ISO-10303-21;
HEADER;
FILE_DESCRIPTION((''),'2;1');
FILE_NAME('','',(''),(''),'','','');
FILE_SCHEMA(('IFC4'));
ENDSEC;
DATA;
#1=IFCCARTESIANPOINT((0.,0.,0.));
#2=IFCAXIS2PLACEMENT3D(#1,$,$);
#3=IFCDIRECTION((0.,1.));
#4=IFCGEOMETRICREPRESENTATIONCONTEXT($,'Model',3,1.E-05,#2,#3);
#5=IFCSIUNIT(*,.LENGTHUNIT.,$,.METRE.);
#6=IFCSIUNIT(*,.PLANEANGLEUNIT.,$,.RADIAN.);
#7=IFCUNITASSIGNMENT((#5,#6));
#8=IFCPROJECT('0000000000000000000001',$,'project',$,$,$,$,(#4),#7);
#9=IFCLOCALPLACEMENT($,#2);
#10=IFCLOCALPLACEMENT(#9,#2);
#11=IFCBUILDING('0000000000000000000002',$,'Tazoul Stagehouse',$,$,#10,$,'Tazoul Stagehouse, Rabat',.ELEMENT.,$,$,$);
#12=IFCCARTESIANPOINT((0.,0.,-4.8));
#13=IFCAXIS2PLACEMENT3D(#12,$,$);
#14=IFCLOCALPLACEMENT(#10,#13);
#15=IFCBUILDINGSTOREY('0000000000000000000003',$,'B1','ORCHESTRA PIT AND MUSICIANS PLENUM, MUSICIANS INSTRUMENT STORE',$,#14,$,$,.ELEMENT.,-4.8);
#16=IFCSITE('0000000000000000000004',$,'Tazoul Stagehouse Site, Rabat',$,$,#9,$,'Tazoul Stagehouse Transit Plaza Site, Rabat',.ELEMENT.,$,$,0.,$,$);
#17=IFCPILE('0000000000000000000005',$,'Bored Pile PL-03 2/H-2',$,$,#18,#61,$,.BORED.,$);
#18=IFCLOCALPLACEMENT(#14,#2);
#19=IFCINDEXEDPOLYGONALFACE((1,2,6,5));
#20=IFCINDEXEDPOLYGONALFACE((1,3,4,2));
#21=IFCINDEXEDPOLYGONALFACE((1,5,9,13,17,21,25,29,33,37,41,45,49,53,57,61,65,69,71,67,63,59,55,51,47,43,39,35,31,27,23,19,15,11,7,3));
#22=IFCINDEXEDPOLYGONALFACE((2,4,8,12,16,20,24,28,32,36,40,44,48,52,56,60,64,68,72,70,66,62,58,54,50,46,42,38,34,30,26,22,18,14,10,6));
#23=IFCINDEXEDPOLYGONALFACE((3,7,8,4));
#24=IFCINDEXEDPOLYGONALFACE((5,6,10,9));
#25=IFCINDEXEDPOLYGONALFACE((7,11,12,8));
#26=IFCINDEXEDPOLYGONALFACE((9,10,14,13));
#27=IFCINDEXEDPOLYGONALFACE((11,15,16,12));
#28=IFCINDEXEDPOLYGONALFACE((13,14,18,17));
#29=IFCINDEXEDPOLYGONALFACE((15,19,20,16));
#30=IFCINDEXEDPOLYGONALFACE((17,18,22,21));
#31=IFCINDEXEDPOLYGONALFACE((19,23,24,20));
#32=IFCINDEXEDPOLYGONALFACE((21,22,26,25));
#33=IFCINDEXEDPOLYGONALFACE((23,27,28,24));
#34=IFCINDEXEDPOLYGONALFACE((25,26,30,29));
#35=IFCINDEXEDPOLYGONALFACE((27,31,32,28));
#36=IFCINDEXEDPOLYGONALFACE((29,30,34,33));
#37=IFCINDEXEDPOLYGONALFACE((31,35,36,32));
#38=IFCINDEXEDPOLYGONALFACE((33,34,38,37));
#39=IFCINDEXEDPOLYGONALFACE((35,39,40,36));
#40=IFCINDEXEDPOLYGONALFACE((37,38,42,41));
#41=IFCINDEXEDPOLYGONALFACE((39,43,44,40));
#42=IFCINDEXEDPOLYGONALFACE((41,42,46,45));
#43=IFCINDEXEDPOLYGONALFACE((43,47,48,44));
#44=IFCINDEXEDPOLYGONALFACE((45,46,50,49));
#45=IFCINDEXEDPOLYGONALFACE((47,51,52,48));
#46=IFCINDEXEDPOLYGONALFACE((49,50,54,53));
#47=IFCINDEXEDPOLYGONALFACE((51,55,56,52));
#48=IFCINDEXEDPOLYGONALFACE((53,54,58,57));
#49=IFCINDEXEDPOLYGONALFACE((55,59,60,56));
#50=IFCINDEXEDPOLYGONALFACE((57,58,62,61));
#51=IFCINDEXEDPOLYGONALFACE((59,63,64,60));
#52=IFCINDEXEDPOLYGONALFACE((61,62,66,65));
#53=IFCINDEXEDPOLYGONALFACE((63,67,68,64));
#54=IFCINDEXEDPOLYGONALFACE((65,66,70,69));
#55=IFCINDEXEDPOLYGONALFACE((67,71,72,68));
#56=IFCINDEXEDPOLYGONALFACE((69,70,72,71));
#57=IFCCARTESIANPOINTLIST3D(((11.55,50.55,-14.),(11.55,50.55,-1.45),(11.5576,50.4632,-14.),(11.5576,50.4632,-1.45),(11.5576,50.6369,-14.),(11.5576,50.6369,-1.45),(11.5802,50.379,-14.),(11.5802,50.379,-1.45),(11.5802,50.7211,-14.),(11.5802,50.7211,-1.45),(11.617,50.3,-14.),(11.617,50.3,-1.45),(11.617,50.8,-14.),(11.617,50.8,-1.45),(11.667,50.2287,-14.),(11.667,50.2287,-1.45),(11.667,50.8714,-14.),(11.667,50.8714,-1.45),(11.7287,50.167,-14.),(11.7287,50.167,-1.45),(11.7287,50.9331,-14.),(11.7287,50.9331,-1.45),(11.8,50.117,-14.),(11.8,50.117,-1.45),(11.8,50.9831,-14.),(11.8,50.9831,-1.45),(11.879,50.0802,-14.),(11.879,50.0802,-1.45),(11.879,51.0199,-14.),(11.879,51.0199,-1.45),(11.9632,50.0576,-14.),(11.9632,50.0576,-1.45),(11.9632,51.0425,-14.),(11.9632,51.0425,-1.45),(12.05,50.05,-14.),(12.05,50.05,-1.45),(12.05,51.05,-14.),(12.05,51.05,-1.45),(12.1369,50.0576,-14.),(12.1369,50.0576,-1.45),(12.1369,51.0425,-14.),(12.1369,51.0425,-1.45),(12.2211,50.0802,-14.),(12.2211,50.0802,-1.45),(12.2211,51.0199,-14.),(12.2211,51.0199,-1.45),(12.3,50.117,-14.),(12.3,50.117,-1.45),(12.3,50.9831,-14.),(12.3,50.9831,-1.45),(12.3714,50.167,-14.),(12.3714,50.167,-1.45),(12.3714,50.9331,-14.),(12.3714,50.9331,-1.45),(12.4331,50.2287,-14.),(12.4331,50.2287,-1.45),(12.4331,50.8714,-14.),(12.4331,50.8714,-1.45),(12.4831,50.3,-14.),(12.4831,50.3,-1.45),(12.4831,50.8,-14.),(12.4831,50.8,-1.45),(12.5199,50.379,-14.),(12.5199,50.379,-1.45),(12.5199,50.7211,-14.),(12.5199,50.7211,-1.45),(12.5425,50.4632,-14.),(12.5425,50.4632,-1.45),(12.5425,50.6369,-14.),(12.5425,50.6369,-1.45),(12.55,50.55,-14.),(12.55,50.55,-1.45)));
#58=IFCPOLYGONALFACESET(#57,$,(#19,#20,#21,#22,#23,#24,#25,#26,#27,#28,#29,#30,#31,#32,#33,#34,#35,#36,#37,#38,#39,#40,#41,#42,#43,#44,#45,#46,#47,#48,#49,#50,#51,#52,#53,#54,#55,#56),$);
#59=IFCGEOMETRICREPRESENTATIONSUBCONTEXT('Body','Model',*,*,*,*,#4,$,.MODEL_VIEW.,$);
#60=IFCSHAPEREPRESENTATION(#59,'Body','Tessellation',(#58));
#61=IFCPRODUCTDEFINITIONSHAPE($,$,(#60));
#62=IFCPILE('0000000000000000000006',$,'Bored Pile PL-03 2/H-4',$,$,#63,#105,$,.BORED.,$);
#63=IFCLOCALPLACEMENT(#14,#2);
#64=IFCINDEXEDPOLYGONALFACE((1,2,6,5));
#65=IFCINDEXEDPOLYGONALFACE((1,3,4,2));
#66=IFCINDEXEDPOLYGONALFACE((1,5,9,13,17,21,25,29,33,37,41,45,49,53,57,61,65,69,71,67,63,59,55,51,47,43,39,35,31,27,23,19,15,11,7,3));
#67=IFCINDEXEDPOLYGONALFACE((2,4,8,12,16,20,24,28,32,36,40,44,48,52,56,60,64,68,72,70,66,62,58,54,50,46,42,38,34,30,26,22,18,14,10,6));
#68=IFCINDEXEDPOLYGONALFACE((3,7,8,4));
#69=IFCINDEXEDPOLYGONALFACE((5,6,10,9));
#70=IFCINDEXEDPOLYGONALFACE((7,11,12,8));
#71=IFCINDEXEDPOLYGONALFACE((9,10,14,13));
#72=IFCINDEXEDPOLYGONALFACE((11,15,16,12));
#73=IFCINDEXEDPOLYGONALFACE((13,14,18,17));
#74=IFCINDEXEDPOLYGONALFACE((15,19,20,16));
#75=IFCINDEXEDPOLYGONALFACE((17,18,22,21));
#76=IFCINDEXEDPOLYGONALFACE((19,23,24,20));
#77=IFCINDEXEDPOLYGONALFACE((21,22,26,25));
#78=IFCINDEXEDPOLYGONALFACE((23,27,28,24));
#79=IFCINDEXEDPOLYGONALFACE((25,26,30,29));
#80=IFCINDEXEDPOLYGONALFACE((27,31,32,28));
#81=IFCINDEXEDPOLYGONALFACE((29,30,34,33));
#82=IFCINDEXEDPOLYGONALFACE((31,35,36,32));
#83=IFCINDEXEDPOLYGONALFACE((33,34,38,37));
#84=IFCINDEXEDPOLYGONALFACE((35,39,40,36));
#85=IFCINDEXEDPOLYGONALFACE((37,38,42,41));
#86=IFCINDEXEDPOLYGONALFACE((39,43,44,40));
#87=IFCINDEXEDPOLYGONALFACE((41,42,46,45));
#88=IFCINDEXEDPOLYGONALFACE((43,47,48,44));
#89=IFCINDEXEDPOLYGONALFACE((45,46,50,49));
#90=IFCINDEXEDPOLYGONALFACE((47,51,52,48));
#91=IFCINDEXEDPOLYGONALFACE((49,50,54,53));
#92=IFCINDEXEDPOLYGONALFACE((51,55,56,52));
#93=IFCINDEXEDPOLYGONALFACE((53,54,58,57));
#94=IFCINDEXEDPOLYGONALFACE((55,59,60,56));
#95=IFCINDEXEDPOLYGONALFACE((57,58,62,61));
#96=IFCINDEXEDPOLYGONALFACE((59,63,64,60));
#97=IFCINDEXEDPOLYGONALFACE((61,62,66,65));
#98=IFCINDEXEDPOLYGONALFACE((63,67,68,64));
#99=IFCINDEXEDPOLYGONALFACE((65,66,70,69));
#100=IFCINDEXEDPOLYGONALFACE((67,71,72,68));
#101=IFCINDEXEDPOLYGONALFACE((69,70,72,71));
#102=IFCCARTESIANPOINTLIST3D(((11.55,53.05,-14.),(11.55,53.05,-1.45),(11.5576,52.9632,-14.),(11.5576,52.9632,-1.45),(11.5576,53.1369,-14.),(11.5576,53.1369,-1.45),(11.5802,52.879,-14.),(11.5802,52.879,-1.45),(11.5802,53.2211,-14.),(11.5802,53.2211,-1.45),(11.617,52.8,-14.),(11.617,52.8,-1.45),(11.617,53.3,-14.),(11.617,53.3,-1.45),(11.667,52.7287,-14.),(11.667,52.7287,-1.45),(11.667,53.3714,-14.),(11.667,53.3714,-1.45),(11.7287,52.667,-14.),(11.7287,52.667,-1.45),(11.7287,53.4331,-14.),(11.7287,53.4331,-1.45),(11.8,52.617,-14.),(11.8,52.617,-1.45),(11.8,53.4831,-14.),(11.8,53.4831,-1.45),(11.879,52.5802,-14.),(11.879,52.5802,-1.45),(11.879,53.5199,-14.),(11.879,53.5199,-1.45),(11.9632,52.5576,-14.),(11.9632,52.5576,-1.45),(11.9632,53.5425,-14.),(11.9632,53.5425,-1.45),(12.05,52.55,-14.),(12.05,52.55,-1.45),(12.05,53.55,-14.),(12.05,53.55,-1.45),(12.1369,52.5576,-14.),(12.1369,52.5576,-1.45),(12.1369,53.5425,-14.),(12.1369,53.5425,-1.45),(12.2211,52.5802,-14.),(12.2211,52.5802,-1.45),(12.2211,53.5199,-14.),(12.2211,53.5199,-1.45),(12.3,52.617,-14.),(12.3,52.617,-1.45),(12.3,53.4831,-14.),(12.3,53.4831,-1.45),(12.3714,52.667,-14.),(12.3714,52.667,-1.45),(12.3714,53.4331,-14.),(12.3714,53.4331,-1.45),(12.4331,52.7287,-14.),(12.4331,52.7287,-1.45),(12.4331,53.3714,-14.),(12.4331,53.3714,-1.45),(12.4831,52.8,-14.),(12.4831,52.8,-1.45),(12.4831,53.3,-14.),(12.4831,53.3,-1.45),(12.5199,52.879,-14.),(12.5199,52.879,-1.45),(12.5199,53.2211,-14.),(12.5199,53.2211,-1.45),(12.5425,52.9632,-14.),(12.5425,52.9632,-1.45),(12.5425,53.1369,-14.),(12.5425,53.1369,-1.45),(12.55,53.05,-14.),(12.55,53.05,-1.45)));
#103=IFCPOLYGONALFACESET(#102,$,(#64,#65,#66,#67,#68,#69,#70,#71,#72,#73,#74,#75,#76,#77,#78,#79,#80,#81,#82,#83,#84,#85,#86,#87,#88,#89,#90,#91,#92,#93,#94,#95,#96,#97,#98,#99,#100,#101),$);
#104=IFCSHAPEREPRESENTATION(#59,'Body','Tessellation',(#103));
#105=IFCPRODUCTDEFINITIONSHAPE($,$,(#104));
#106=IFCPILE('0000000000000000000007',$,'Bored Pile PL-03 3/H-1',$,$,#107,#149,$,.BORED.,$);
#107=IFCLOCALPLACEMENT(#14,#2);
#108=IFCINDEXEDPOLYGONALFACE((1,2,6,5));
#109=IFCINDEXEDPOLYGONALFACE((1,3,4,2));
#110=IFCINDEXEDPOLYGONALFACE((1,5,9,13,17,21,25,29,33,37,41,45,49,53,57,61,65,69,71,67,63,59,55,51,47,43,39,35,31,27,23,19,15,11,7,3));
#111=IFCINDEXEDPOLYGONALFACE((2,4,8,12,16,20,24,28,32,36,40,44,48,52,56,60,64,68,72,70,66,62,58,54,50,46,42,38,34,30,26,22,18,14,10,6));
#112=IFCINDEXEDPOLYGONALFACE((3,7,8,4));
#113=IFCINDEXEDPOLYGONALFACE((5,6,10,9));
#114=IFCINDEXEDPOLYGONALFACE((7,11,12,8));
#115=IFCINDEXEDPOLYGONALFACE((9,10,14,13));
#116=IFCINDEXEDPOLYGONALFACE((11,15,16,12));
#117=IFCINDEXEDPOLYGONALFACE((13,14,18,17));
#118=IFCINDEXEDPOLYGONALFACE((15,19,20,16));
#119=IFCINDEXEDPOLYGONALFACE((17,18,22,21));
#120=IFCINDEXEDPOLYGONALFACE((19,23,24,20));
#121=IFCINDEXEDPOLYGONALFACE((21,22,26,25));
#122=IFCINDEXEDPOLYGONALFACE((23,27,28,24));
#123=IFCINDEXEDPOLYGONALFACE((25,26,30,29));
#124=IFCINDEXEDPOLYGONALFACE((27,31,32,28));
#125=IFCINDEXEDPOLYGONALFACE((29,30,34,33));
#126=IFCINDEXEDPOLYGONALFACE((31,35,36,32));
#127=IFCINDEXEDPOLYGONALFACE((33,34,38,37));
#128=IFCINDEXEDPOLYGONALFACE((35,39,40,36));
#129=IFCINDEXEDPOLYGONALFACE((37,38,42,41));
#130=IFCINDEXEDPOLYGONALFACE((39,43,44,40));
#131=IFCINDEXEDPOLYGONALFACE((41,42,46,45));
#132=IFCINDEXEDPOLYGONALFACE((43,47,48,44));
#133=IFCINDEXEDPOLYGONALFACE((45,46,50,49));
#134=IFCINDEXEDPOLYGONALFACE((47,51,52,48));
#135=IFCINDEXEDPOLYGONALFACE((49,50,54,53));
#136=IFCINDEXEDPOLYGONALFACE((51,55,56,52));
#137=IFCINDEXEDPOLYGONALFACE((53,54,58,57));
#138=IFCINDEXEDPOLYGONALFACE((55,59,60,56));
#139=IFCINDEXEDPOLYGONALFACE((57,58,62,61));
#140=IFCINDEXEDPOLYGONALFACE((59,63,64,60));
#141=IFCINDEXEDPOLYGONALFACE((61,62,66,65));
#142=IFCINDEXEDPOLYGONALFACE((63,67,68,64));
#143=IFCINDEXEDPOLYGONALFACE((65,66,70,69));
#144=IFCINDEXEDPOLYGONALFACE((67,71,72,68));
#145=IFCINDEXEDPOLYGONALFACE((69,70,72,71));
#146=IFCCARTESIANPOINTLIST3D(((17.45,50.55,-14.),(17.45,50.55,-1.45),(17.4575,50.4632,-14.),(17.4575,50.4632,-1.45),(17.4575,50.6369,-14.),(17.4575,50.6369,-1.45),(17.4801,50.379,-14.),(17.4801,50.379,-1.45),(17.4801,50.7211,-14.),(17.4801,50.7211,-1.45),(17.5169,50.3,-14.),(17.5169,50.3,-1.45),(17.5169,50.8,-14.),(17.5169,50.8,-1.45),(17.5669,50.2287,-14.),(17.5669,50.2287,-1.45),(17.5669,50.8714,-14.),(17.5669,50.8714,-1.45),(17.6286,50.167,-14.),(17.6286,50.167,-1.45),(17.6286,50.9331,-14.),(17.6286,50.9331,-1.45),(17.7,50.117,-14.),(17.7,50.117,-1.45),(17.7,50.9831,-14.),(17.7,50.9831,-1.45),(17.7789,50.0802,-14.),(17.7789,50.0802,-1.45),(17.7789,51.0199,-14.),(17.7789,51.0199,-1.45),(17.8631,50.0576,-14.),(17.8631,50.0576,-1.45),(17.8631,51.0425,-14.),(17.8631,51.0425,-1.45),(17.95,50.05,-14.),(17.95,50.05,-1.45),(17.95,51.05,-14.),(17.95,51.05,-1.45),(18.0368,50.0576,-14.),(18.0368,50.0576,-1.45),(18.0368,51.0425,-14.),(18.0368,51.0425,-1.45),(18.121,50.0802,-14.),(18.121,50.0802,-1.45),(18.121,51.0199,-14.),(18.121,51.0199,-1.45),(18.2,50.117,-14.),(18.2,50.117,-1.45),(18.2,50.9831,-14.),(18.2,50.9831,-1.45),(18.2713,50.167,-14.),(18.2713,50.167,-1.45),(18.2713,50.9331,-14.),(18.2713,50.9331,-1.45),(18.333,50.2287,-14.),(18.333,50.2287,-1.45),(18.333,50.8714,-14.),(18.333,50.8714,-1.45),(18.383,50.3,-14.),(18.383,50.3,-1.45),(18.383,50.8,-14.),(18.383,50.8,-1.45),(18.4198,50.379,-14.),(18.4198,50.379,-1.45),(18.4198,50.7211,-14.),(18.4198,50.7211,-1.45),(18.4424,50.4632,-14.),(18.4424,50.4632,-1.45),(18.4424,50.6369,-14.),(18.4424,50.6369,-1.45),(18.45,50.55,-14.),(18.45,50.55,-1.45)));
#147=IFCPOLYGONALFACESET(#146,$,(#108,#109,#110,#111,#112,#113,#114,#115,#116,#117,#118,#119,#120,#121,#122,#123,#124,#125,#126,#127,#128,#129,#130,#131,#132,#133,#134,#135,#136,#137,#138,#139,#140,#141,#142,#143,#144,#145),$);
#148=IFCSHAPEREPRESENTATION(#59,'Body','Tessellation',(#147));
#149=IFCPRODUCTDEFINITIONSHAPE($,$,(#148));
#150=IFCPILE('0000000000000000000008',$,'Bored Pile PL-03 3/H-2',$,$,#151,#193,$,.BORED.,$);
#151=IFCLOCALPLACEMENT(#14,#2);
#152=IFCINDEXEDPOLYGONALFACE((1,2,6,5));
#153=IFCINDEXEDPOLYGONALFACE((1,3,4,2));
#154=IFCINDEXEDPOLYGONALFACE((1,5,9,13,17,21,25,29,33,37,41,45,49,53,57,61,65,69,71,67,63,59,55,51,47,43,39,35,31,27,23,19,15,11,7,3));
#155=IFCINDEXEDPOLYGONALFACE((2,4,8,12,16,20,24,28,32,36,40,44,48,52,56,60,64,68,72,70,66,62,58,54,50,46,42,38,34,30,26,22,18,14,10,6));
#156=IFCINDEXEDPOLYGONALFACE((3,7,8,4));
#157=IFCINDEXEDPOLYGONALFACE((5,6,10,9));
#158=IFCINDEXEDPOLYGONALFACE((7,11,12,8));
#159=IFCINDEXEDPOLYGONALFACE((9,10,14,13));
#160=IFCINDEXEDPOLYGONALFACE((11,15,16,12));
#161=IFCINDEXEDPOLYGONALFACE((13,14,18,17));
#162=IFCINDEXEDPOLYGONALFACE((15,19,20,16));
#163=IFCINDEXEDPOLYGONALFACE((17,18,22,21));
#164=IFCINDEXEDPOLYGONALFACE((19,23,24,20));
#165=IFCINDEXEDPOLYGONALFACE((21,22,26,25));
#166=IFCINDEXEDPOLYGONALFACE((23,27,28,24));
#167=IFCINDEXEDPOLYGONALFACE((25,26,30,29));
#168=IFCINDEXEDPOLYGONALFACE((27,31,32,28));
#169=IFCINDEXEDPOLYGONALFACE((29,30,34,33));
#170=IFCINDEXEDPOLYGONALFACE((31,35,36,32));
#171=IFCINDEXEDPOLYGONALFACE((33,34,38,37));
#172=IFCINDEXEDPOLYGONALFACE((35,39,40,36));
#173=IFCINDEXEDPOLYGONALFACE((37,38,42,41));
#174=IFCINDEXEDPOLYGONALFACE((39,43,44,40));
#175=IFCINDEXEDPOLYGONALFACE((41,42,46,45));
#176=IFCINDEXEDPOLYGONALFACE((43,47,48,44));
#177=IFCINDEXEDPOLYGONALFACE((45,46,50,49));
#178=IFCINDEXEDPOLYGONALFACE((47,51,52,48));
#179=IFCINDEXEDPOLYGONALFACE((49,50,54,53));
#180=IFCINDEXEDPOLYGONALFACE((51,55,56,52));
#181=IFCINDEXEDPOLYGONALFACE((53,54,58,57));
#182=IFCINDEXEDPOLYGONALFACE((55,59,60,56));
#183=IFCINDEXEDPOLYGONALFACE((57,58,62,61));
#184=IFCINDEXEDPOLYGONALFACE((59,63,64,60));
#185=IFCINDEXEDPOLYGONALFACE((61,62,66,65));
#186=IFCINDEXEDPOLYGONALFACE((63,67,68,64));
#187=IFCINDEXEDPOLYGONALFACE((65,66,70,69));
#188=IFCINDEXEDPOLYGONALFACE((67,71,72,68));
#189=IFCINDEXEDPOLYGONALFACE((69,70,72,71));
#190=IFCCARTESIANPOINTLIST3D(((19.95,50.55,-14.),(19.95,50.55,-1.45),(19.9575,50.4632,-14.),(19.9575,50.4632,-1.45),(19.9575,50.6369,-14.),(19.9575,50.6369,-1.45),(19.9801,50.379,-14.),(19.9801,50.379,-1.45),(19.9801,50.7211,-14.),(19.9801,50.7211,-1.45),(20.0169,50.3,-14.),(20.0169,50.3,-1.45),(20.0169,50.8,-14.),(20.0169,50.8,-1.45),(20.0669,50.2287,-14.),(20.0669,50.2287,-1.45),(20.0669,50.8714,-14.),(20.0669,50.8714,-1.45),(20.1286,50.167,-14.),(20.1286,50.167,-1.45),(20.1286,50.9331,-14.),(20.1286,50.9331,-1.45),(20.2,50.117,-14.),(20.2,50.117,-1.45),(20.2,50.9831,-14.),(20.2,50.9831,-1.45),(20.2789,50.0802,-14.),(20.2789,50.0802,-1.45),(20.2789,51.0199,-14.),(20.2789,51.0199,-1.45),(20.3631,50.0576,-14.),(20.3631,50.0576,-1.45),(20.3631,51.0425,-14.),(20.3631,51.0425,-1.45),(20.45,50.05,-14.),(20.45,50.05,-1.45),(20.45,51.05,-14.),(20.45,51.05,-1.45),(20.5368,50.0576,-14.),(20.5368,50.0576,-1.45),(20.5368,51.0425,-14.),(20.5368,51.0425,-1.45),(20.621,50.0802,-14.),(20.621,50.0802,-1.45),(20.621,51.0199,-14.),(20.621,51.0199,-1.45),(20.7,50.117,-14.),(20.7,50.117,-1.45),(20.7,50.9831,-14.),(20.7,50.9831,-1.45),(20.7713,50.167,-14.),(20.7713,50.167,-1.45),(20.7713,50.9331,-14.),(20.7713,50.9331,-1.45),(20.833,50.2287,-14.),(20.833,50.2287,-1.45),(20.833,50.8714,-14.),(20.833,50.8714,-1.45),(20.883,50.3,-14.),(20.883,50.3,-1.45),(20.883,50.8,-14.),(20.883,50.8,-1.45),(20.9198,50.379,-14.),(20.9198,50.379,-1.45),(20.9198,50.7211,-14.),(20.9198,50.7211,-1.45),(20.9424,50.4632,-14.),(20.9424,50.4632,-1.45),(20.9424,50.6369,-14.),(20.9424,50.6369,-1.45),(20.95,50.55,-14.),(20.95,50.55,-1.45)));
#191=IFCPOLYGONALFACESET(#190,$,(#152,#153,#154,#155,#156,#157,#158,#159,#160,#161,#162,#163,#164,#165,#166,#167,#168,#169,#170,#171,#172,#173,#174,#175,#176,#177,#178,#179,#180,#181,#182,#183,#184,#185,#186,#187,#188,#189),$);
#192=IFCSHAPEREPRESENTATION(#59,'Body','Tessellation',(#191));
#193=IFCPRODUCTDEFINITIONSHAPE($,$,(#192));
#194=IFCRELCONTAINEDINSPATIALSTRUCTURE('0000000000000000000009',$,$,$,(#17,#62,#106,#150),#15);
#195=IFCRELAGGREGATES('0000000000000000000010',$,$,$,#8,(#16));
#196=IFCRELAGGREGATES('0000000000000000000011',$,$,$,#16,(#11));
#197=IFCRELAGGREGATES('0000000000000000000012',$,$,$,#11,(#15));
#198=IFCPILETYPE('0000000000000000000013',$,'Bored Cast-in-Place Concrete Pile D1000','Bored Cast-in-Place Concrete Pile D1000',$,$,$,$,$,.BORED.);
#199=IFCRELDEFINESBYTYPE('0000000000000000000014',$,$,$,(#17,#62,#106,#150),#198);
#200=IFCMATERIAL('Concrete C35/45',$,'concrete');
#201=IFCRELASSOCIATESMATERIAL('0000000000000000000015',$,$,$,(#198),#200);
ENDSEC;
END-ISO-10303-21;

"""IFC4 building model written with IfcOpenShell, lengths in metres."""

from ifc_helpers import new_model, si_unit, direction, frame, origin, origin_2d, place, context, subcontext, project, spatial, circle, extrude, material, material_profile, profile_set, type_object, element, save


model = new_model("IFC4")

# Units and contexts
model_context = context("Model", 3, precision=1e-05, world=origin(), true_north=direction((0.0, 1.0)))
body_context = subcontext(model_context, "Body", "Model", "MODEL_VIEW")
ifc_project = project(units=[si_unit("LENGTHUNIT", "METRE"), si_unit("PLANEANGLEUNIT", "RADIAN")], contexts=[model_context])

# Site, building, storey
site_placement = place(None, origin())
site = spatial("IfcSite", under=ifc_project, at=site_placement, Name="Tazoul Stagehouse Site, Rabat", LongName="Tazoul Stagehouse Transit Plaza Site, Rabat", CompositionType="ELEMENT", RefElevation=0.0)
building_placement = place(site_placement, origin())
building = spatial("IfcBuilding", under=site, at=building_placement, Name="Tazoul Stagehouse", LongName="Tazoul Stagehouse, Rabat", CompositionType="ELEMENT")
storey_placement = place(building_placement, frame((0.0, 0.0, -4.8)))
storey = spatial("IfcBuildingStorey", under=building, at=storey_placement, Name="B1", Description="ORCHESTRA PIT AND MUSICIANS PLENUM, MUSICIANS INSTRUMENT STORE", CompositionType="ELEMENT", Elevation=-4.8)

# Piles
ifc_material_1 = material(Name="Concrete C35/45", Category="concrete")
ifc_material_profile_1 = material_profile(ifc_material_1, circle(Radius=0.5, at=origin_2d()), Name="BORED PILE 1000")
ifc_profile_set_1 = profile_set([ifc_material_profile_1], Name="Concrete C35/45")
pile_type_1 = type_object("IfcPileType", Name="Bored Cast-in-Place Concrete Pile D1000", Description="Bored Cast-in-Place Concrete Pile D1000", PredefinedType="BORED", material=ifc_profile_set_1)
for number, where, z_axis, x_axis, name in (
    (1, (12.05, 50.55, -1.45), (0.0, 0.0, -1.0), (1.0, 0.0, 0.0), "Bored Pile PL-03 2/H-2"),
    (2, (12.05, 53.05, -1.45), (0.0, 0.0, -1.0), (1.0, 0.0, 0.0), "Bored Pile PL-03 2/H-4"),
    (3, (17.95, 50.55, -1.45), (0.0, 0.0, -1.0), (1.0, 0.0, 0.0), "Bored Pile PL-03 3/H-1"),
    (4, (20.45, 50.55, -1.45), (0.0, 0.0, -1.0), (1.0, 0.0, 0.0), "Bored Pile PL-03 3/H-2"),
):
    element("IfcPile", number, at=place(storey_placement, frame(where, z_axis=z_axis, x_axis=x_axis)), inside=storey, type_object=pile_type_1, Name=name, PredefinedType="BORED", context=body_context, shape_type="SweptSolid", body=[
        extrude(circle(Radius=0.5, at=origin_2d()), origin(), (0.0, 0.0, 1.0), 12.55),
    ])

save(model, "model.ifc")
